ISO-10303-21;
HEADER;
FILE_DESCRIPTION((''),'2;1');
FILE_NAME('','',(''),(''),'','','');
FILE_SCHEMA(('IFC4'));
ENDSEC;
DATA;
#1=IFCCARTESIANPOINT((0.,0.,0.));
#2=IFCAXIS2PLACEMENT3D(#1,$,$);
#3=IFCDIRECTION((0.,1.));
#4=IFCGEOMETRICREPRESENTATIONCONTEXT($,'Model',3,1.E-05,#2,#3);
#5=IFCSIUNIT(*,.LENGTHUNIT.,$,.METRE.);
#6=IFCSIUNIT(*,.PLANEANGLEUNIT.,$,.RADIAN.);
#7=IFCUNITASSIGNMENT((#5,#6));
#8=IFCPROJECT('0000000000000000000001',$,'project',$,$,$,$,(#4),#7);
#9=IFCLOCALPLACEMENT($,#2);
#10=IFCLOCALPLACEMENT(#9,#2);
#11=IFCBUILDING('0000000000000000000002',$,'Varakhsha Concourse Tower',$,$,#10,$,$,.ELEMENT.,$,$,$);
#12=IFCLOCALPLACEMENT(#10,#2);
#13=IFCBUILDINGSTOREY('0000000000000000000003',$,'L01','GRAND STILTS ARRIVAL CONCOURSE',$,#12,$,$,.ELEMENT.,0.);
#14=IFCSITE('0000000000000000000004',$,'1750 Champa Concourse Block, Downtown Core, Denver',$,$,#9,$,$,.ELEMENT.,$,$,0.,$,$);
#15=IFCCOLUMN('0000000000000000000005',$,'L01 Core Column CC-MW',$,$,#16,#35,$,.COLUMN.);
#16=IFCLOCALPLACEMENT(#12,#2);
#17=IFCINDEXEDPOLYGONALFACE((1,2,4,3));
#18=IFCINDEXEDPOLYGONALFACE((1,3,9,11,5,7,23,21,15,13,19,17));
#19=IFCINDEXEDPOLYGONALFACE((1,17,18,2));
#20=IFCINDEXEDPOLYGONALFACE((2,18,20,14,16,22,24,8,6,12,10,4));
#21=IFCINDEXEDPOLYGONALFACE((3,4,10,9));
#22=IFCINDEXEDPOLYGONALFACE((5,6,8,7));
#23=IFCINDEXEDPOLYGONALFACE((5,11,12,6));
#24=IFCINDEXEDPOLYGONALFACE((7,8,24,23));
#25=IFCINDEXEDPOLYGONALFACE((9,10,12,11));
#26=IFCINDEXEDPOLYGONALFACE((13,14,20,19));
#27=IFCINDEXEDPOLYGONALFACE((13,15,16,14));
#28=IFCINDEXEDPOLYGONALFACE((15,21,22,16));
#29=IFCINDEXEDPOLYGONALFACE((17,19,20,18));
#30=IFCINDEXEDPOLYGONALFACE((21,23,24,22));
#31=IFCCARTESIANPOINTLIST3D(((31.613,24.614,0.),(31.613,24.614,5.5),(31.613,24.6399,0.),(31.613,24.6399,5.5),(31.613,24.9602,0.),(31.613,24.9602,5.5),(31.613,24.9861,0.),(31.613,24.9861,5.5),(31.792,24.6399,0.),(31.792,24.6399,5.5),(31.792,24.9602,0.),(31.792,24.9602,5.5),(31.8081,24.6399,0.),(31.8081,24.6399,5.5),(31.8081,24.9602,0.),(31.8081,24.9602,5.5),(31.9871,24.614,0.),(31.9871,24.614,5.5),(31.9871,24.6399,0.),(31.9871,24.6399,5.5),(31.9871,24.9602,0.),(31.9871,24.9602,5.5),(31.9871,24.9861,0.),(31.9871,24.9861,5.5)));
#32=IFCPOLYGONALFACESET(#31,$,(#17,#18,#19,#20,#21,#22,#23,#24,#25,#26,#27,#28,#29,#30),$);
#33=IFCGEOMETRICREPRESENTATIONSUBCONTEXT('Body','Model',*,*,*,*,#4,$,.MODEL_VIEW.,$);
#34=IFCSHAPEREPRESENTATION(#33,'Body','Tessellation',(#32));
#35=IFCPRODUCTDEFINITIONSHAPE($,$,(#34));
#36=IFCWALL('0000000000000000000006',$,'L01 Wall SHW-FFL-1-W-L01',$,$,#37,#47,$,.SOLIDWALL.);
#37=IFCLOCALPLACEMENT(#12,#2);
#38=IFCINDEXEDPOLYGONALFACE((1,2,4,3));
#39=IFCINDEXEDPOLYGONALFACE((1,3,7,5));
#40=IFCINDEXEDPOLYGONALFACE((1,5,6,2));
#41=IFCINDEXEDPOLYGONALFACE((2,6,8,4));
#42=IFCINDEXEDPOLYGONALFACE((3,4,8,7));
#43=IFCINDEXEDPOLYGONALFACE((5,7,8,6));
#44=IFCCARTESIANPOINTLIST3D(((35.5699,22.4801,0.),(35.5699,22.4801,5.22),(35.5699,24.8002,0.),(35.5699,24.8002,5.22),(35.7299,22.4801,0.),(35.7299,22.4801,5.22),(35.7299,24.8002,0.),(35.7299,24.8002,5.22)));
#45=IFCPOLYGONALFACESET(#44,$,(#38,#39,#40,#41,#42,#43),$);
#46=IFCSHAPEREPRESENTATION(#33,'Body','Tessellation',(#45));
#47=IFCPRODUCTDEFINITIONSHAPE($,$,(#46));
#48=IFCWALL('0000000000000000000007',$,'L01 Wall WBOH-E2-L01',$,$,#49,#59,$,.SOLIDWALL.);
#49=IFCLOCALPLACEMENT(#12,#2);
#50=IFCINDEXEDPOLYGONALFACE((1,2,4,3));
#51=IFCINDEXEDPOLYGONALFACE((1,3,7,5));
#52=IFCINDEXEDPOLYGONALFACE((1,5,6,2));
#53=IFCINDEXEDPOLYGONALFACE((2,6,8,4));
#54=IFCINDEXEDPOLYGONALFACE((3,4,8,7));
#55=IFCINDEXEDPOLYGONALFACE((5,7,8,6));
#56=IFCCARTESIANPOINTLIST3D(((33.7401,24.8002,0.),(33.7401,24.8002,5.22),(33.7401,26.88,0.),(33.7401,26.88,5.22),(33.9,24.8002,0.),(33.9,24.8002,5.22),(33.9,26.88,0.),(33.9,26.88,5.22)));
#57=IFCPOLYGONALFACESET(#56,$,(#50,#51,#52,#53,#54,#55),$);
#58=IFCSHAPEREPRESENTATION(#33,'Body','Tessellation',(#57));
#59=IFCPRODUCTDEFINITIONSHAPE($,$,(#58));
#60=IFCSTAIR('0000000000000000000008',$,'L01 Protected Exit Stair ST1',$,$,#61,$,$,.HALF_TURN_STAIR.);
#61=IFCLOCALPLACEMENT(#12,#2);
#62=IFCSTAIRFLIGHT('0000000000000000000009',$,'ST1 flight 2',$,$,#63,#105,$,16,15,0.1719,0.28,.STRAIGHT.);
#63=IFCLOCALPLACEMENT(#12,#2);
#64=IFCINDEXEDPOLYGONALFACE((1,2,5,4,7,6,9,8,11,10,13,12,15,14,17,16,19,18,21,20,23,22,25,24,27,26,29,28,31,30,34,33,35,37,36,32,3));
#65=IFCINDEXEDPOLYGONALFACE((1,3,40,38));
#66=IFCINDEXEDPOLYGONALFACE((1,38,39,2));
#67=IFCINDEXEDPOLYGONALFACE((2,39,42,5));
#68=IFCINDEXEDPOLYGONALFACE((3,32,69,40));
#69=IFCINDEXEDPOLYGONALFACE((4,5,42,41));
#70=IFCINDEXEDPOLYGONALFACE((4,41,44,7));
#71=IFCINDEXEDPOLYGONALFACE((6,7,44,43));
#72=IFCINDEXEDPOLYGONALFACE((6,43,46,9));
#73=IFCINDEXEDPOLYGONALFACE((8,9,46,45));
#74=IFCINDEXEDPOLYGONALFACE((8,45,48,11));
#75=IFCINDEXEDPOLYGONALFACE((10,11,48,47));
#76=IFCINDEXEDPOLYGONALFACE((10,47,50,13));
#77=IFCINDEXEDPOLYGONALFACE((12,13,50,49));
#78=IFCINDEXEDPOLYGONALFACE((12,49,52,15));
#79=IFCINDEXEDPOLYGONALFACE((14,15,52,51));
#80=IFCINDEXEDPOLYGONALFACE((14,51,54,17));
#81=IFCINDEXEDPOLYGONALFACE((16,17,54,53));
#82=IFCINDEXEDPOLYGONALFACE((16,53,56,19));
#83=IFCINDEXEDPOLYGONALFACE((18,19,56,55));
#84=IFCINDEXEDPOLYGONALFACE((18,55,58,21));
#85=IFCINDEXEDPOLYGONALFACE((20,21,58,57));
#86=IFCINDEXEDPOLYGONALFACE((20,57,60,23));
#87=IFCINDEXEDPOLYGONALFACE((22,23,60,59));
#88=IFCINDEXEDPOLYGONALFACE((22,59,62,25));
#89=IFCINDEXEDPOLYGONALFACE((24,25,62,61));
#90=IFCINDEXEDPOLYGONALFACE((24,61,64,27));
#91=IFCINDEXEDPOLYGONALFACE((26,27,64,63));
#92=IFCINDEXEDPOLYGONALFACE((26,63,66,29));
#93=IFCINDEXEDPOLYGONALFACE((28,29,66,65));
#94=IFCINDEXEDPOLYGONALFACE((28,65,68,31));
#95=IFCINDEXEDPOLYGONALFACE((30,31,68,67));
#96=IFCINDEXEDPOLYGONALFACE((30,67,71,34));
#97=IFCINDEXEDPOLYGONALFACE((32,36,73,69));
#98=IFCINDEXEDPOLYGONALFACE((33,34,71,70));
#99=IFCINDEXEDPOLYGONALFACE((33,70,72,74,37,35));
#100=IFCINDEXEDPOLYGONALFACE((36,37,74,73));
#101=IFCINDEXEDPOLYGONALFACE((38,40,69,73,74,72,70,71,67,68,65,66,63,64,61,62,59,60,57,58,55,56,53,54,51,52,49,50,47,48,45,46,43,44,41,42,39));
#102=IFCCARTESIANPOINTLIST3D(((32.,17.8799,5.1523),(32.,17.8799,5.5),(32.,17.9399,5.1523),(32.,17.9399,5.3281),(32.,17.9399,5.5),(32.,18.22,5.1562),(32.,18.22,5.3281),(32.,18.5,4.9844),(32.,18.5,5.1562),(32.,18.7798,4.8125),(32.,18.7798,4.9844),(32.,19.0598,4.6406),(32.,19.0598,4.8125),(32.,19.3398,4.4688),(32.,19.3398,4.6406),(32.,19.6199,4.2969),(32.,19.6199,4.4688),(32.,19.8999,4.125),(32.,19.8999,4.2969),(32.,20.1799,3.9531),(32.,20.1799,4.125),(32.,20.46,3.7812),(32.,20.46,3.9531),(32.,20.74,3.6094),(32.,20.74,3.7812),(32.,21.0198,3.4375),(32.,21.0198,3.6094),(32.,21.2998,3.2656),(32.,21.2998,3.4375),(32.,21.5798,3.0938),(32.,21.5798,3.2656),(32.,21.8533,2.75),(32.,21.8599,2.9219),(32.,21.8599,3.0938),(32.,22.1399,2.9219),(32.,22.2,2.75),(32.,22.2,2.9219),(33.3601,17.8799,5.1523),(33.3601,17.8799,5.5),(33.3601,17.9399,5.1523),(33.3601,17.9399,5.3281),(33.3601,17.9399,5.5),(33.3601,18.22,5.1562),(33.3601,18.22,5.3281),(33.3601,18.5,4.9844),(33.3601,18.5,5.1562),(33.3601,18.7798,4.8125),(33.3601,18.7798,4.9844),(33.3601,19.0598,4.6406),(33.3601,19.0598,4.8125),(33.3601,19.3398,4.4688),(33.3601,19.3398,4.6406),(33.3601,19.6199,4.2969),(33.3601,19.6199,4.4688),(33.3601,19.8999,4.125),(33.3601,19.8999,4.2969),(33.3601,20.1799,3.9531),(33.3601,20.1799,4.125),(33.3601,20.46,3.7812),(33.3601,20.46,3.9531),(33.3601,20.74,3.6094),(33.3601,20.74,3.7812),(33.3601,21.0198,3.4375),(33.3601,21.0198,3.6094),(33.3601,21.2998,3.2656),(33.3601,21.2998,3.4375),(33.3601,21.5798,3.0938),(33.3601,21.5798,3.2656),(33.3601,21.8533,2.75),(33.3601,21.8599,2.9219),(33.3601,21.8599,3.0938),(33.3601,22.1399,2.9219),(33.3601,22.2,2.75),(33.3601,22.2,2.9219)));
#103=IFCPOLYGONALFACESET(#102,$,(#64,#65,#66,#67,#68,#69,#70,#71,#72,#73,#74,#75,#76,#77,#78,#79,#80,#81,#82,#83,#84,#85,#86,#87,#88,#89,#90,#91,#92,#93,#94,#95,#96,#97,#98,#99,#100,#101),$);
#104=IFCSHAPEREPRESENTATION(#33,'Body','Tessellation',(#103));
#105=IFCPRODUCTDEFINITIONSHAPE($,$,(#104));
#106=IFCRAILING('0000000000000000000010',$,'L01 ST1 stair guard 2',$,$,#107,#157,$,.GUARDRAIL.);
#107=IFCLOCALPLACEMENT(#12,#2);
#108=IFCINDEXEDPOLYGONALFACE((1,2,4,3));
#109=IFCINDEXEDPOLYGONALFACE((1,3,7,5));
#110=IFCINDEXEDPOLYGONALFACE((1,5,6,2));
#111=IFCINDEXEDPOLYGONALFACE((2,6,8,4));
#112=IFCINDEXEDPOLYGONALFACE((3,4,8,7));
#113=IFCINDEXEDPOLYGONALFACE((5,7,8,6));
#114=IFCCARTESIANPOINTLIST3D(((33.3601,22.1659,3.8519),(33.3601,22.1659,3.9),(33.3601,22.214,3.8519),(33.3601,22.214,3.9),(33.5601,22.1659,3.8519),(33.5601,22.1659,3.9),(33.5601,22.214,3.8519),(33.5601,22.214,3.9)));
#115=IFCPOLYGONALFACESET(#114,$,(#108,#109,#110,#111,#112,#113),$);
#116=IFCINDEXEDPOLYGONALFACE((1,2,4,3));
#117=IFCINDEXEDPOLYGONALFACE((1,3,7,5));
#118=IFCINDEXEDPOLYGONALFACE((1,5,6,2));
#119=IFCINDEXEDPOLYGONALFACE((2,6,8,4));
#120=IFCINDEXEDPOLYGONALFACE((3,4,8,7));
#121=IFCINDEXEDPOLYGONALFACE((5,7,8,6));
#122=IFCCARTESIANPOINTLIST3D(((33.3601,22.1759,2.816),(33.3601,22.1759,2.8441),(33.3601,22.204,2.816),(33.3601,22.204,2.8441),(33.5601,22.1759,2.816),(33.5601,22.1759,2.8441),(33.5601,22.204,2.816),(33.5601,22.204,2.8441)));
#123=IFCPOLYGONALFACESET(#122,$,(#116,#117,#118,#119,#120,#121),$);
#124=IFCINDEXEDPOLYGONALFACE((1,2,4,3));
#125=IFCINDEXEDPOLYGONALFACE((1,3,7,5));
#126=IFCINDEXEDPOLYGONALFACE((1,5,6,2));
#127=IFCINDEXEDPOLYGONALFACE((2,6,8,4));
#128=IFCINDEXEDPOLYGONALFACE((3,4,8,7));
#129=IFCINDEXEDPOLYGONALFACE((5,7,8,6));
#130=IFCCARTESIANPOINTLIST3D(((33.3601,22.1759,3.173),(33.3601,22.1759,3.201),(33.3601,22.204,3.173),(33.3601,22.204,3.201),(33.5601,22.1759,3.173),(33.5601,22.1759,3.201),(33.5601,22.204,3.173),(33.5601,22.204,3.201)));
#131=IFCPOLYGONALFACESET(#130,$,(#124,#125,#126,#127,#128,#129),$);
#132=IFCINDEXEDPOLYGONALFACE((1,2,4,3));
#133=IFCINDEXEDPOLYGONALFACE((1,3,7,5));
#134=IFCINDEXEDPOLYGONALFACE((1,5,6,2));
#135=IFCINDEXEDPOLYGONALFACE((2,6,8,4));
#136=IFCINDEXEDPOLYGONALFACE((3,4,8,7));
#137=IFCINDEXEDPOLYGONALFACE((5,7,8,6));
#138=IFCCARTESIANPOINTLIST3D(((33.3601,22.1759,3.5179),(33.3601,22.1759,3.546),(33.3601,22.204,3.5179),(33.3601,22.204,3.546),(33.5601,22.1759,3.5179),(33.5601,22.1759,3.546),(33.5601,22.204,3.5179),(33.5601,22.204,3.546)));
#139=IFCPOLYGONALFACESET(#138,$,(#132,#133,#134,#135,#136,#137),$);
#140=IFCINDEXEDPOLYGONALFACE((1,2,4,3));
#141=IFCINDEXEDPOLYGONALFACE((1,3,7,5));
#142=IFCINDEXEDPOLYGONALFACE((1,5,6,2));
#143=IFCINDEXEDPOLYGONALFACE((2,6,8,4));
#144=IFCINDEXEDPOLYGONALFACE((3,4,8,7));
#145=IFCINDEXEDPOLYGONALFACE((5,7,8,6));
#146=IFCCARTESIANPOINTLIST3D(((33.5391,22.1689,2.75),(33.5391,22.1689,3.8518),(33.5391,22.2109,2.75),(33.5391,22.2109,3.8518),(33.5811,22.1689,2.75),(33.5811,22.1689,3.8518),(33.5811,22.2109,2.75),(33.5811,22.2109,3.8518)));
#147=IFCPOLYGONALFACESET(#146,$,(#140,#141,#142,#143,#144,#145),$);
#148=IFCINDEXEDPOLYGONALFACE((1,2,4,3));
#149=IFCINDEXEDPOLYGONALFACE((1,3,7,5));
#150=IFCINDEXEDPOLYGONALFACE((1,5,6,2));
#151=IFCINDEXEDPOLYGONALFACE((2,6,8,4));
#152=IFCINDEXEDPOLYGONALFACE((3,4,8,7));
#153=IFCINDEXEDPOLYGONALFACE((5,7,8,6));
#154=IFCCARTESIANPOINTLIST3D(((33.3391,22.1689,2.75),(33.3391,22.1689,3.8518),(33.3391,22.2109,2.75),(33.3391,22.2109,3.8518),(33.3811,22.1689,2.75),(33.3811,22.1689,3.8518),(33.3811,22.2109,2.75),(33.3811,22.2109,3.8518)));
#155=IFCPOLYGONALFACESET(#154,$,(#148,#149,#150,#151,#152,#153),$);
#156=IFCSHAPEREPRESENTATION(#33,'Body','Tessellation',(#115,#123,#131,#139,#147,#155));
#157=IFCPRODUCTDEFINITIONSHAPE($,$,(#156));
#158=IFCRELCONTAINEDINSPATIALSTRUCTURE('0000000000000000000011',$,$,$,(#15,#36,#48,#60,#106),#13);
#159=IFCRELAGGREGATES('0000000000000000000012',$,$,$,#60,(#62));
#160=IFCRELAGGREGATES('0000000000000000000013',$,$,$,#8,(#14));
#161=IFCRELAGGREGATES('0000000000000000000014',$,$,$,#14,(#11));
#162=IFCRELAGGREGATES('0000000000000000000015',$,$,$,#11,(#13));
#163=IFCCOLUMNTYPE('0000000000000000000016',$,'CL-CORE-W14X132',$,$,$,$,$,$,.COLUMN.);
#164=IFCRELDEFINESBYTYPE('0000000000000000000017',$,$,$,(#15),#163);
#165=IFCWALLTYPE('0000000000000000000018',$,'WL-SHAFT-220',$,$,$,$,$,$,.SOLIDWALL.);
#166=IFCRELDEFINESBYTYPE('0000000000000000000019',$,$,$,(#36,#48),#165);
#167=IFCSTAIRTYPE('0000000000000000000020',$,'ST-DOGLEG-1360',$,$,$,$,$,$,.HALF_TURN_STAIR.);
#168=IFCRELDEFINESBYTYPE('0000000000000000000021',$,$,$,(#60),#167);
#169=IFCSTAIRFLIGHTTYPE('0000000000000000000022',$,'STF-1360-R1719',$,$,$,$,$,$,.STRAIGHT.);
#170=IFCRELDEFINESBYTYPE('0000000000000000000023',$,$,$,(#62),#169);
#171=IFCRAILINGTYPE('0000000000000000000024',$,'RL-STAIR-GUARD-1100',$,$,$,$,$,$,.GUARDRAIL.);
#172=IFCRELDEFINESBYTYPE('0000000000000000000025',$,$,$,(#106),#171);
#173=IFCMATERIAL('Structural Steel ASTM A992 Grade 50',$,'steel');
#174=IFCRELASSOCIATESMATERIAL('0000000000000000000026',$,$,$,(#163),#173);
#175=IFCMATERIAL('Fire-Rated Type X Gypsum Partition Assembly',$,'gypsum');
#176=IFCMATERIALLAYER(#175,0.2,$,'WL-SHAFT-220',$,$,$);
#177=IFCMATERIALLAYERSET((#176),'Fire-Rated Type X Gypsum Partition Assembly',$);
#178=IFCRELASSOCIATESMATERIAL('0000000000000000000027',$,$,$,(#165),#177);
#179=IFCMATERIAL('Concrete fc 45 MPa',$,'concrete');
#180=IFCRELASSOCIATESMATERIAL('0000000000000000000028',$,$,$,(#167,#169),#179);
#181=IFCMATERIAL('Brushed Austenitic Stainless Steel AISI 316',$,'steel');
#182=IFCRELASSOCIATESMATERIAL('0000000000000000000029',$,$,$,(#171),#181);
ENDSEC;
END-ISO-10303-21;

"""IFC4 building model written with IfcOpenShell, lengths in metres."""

from ifc_helpers import new_model, si_unit, direction, frame, frame_2d, origin, origin_2d, place, context, subcontext, project, spatial, polyline, rectangle, i_section, outline, extrude, material, layer, layer_set, material_profile, profile_set, type_object, element, aggregate, save


model = new_model("IFC4")

# Units and contexts
model_context = context("Model", 3, precision=1e-05, world=origin(), true_north=direction((0.0, 1.0)))
body_context = subcontext(model_context, "Body", "Model", "MODEL_VIEW")
ifc_project = project(units=[si_unit("LENGTHUNIT", "METRE"), si_unit("PLANEANGLEUNIT", "RADIAN")], contexts=[model_context])

# Site, building, storey
site_placement = place(None, origin())
site = spatial("IfcSite", under=ifc_project, at=site_placement, Name="1750 Champa Concourse Block, Downtown Core, Denver", CompositionType="ELEMENT", RefElevation=0.0)
building_placement = place(site_placement, origin())
building = spatial("IfcBuilding", under=site, at=building_placement, Name="Varakhsha Concourse Tower", CompositionType="ELEMENT")
storey_placement = place(building_placement, origin())
storey = spatial("IfcBuildingStorey", under=building, at=storey_placement, Name="L01", Description="GRAND STILTS ARRIVAL CONCOURSE", CompositionType="ELEMENT", Elevation=0.0)

# Column
ifc_material_1 = material(Name="Structural Steel ASTM A992 Grade 50", Category="steel")
ifc_material_profile = material_profile(ifc_material_1, i_section(OverallWidth=0.374, OverallDepth=0.3721, WebThickness=0.0161, FlangeThickness=0.0259, at=origin_2d()), Name="W14X132")
ifc_profile_set = profile_set([ifc_material_profile], Name="Structural Steel ASTM A992 Grade 50")
column_type = type_object("IfcColumnType", Name="CL-CORE-W14X132", PredefinedType="COLUMN", material=ifc_profile_set)
column_placement = place(storey_placement, frame((31.8, 24.8, 0.0), z_axis=(0.0, 0.0, 1.0), x_axis=(1.0, 0.0, 0.0)))
element("IfcColumn", 1, at=column_placement, inside=storey, type_object=column_type, Name="L01 Core Column CC-MW", PredefinedType="COLUMN", context=body_context, shape_type="SweptSolid", body=[
    extrude(i_section(OverallWidth=0.374, OverallDepth=0.3721, WebThickness=0.0161, FlangeThickness=0.0259, at=origin_2d()), origin(), (0.0, 0.0, 1.0), 5.5),
])

# Shared definitions
ifc_material_2 = material(Name="Fire-Rated Type X Gypsum Partition Assembly", Category="gypsum")
ifc_layer = layer(ifc_material_2, 0.2, Name="WL-SHAFT-220")
ifc_layer_set = layer_set([ifc_layer], Name="Fire-Rated Type X Gypsum Partition Assembly")
wall_type = type_object("IfcWallType", Name="WL-SHAFT-220", PredefinedType="SOLIDWALL", material=ifc_layer_set)
ifc_material_3 = material(Name="Brushed Austenitic Stainless Steel AISI 316", Category="steel")

# Walls
wall_1_placement = place(storey_placement, frame((35.6499, 22.48, 0.0), z_axis=(0.0, 0.0, 1.0), x_axis=(0.0, 1.0, 0.0)))
element("IfcWall", 2, at=wall_1_placement, inside=storey, type_object=wall_type, Name="L01 Wall SHW-FFL-1-W-L01", PredefinedType="SOLIDWALL", context=body_context, shape_type="SweptSolid", body=[
    extrude(rectangle(XDim=2.3201, YDim=0.1599, at=frame_2d((1.1602, 0.0))), origin(), (0.0, 0.0, 1.0), 5.22),
])
wall_2_placement = place(storey_placement, frame((33.8201, 24.8, 0.0), z_axis=(0.0, 0.0, 1.0), x_axis=(0.0, 1.0, 0.0)))
element("IfcWall", 3, at=wall_2_placement, inside=storey, type_object=wall_type, Name="L01 Wall WBOH-E2-L01", PredefinedType="SOLIDWALL", context=body_context, shape_type="SweptSolid", body=[
    extrude(rectangle(XDim=2.0798, YDim=0.1599, at=frame_2d((1.04, 0.0))), origin(), (0.0, 0.0, 1.0), 5.22),
])

# Stair, stair flight
ifc_material_4 = material(Name="Concrete fc 45 MPa", Category="concrete")
stair_type = type_object("IfcStairType", Name="ST-DOGLEG-1360", PredefinedType="HALF_TURN_STAIR", material=ifc_material_4)
stair_placement = place(storey_placement, origin())
stair = element("IfcStair", 4, at=stair_placement, inside=storey, type_object=stair_type, Name="L01 Protected Exit Stair ST1", PredefinedType="HALF_TURN_STAIR")
stair_flight_type = type_object("IfcStairFlightType", Name="STF-1360-R1719", PredefinedType="STRAIGHT", material=ifc_material_4)
stair_flight_placement = place(storey_placement, frame((32.6799, 22.1399, 2.75), z_axis=(0.0, 0.0, 1.0), x_axis=(0.0, -1.0, 0.0)))
stair_flight = element("IfcStairFlight", 5, at=stair_flight_placement, type_object=stair_flight_type, Name="ST1 flight 2", NumberOfRisers=16, NumberOfTreads=15, PredefinedType="STRAIGHT", RiserHeight=0.1719, TreadLength=0.28, context=body_context, shape_type="SweptSolid", body=[
    extrude(outline(polyline([(-0.0601, 0.0), (-0.0601, 0.1719), (0.0, 0.1719), (0.28, 0.1719), (0.28, 0.3438), (0.5601, 0.3438), (0.5601, 0.5156), (0.8401, 0.5156), (0.8401, 0.6875), (1.1201, 0.6875), (1.1201, 0.8594), (1.3999, 0.8594), (1.3999, 1.0312), (1.6799, 1.0312), (1.6799, 1.2031), (1.96, 1.2031), (1.96, 1.375), (2.24, 1.375), (2.24, 1.5469), (2.52, 1.5469), (2.52, 1.7188), (2.8, 1.7188), (2.8, 1.8906), (3.0801, 1.8906), (3.0801, 2.0625), (3.3601, 2.0625), (3.3601, 2.2344), (3.6399, 2.2344), (3.6399, 2.4062), (3.9199, 2.4062), (3.9199, 2.5781), (4.2, 2.5781), (4.2, 2.75), (4.26, 2.75), (4.26, 2.4023), (4.2, 2.4023), (0.2866, 0.0), (-0.0601, 0.0)])), frame((0.0, 0.6802, 0.0), z_axis=(0.0, -1.0, 0.0), x_axis=(1.0, 0.0, 0.0)), (0.0, 0.0, 1.0), 1.3601),
])
aggregate(stair, [stair_flight])

# Railing
railing_type_1 = type_object("IfcRailingType", Name="RL-STAIR-GUARD-1100", PredefinedType="GUARDRAIL", material=ifc_material_3)
railing_1_placement = place(storey_placement, frame((33.5601, 22.1899, 2.75)))
element("IfcRailing", 6, at=railing_1_placement, inside=storey, type_object=railing_type_1, Name="L01 ST1 stair guard 2", PredefinedType="GUARDRAIL", context=body_context, shape_type="SweptSolid", body=[
    extrude(rectangle(XDim=0.0481, YDim=0.0481, at=origin_2d()), frame((0.0, 0.0, 1.126), z_axis=(-1.0, 0.0, 0.0), x_axis=(0.0, -1.0, 0.0)), (0.0, 0.0, 1.0), 0.2),
    extrude(rectangle(XDim=0.0281, YDim=0.0281, at=origin_2d()), frame((0.0, 0.0, 0.0801), z_axis=(-1.0, 0.0, 0.0), x_axis=(0.0, -1.0, 0.0)), (0.0, 0.0, 1.0), 0.2),
    extrude(rectangle(XDim=0.0281, YDim=0.0281, at=origin_2d()), frame((0.0, 0.0, 0.437), z_axis=(-1.0, 0.0, 0.0), x_axis=(0.0, -1.0, 0.0)), (0.0, 0.0, 1.0), 0.2),
    extrude(rectangle(XDim=0.0281, YDim=0.0281, at=origin_2d()), frame((0.0, 0.0, 0.782), z_axis=(-1.0, 0.0, 0.0), x_axis=(0.0, -1.0, 0.0)), (0.0, 0.0, 1.0), 0.2),
    extrude(rectangle(XDim=0.042, YDim=0.042, at=origin_2d()), origin(), (0.0, 0.0, 1.0), 1.1018),
    extrude(rectangle(XDim=0.042, YDim=0.042, at=origin_2d()), frame((-0.2, 0.0, 0.0)), (0.0, 0.0, 1.0), 1.1018),
])

save(model, "model.ifc")
